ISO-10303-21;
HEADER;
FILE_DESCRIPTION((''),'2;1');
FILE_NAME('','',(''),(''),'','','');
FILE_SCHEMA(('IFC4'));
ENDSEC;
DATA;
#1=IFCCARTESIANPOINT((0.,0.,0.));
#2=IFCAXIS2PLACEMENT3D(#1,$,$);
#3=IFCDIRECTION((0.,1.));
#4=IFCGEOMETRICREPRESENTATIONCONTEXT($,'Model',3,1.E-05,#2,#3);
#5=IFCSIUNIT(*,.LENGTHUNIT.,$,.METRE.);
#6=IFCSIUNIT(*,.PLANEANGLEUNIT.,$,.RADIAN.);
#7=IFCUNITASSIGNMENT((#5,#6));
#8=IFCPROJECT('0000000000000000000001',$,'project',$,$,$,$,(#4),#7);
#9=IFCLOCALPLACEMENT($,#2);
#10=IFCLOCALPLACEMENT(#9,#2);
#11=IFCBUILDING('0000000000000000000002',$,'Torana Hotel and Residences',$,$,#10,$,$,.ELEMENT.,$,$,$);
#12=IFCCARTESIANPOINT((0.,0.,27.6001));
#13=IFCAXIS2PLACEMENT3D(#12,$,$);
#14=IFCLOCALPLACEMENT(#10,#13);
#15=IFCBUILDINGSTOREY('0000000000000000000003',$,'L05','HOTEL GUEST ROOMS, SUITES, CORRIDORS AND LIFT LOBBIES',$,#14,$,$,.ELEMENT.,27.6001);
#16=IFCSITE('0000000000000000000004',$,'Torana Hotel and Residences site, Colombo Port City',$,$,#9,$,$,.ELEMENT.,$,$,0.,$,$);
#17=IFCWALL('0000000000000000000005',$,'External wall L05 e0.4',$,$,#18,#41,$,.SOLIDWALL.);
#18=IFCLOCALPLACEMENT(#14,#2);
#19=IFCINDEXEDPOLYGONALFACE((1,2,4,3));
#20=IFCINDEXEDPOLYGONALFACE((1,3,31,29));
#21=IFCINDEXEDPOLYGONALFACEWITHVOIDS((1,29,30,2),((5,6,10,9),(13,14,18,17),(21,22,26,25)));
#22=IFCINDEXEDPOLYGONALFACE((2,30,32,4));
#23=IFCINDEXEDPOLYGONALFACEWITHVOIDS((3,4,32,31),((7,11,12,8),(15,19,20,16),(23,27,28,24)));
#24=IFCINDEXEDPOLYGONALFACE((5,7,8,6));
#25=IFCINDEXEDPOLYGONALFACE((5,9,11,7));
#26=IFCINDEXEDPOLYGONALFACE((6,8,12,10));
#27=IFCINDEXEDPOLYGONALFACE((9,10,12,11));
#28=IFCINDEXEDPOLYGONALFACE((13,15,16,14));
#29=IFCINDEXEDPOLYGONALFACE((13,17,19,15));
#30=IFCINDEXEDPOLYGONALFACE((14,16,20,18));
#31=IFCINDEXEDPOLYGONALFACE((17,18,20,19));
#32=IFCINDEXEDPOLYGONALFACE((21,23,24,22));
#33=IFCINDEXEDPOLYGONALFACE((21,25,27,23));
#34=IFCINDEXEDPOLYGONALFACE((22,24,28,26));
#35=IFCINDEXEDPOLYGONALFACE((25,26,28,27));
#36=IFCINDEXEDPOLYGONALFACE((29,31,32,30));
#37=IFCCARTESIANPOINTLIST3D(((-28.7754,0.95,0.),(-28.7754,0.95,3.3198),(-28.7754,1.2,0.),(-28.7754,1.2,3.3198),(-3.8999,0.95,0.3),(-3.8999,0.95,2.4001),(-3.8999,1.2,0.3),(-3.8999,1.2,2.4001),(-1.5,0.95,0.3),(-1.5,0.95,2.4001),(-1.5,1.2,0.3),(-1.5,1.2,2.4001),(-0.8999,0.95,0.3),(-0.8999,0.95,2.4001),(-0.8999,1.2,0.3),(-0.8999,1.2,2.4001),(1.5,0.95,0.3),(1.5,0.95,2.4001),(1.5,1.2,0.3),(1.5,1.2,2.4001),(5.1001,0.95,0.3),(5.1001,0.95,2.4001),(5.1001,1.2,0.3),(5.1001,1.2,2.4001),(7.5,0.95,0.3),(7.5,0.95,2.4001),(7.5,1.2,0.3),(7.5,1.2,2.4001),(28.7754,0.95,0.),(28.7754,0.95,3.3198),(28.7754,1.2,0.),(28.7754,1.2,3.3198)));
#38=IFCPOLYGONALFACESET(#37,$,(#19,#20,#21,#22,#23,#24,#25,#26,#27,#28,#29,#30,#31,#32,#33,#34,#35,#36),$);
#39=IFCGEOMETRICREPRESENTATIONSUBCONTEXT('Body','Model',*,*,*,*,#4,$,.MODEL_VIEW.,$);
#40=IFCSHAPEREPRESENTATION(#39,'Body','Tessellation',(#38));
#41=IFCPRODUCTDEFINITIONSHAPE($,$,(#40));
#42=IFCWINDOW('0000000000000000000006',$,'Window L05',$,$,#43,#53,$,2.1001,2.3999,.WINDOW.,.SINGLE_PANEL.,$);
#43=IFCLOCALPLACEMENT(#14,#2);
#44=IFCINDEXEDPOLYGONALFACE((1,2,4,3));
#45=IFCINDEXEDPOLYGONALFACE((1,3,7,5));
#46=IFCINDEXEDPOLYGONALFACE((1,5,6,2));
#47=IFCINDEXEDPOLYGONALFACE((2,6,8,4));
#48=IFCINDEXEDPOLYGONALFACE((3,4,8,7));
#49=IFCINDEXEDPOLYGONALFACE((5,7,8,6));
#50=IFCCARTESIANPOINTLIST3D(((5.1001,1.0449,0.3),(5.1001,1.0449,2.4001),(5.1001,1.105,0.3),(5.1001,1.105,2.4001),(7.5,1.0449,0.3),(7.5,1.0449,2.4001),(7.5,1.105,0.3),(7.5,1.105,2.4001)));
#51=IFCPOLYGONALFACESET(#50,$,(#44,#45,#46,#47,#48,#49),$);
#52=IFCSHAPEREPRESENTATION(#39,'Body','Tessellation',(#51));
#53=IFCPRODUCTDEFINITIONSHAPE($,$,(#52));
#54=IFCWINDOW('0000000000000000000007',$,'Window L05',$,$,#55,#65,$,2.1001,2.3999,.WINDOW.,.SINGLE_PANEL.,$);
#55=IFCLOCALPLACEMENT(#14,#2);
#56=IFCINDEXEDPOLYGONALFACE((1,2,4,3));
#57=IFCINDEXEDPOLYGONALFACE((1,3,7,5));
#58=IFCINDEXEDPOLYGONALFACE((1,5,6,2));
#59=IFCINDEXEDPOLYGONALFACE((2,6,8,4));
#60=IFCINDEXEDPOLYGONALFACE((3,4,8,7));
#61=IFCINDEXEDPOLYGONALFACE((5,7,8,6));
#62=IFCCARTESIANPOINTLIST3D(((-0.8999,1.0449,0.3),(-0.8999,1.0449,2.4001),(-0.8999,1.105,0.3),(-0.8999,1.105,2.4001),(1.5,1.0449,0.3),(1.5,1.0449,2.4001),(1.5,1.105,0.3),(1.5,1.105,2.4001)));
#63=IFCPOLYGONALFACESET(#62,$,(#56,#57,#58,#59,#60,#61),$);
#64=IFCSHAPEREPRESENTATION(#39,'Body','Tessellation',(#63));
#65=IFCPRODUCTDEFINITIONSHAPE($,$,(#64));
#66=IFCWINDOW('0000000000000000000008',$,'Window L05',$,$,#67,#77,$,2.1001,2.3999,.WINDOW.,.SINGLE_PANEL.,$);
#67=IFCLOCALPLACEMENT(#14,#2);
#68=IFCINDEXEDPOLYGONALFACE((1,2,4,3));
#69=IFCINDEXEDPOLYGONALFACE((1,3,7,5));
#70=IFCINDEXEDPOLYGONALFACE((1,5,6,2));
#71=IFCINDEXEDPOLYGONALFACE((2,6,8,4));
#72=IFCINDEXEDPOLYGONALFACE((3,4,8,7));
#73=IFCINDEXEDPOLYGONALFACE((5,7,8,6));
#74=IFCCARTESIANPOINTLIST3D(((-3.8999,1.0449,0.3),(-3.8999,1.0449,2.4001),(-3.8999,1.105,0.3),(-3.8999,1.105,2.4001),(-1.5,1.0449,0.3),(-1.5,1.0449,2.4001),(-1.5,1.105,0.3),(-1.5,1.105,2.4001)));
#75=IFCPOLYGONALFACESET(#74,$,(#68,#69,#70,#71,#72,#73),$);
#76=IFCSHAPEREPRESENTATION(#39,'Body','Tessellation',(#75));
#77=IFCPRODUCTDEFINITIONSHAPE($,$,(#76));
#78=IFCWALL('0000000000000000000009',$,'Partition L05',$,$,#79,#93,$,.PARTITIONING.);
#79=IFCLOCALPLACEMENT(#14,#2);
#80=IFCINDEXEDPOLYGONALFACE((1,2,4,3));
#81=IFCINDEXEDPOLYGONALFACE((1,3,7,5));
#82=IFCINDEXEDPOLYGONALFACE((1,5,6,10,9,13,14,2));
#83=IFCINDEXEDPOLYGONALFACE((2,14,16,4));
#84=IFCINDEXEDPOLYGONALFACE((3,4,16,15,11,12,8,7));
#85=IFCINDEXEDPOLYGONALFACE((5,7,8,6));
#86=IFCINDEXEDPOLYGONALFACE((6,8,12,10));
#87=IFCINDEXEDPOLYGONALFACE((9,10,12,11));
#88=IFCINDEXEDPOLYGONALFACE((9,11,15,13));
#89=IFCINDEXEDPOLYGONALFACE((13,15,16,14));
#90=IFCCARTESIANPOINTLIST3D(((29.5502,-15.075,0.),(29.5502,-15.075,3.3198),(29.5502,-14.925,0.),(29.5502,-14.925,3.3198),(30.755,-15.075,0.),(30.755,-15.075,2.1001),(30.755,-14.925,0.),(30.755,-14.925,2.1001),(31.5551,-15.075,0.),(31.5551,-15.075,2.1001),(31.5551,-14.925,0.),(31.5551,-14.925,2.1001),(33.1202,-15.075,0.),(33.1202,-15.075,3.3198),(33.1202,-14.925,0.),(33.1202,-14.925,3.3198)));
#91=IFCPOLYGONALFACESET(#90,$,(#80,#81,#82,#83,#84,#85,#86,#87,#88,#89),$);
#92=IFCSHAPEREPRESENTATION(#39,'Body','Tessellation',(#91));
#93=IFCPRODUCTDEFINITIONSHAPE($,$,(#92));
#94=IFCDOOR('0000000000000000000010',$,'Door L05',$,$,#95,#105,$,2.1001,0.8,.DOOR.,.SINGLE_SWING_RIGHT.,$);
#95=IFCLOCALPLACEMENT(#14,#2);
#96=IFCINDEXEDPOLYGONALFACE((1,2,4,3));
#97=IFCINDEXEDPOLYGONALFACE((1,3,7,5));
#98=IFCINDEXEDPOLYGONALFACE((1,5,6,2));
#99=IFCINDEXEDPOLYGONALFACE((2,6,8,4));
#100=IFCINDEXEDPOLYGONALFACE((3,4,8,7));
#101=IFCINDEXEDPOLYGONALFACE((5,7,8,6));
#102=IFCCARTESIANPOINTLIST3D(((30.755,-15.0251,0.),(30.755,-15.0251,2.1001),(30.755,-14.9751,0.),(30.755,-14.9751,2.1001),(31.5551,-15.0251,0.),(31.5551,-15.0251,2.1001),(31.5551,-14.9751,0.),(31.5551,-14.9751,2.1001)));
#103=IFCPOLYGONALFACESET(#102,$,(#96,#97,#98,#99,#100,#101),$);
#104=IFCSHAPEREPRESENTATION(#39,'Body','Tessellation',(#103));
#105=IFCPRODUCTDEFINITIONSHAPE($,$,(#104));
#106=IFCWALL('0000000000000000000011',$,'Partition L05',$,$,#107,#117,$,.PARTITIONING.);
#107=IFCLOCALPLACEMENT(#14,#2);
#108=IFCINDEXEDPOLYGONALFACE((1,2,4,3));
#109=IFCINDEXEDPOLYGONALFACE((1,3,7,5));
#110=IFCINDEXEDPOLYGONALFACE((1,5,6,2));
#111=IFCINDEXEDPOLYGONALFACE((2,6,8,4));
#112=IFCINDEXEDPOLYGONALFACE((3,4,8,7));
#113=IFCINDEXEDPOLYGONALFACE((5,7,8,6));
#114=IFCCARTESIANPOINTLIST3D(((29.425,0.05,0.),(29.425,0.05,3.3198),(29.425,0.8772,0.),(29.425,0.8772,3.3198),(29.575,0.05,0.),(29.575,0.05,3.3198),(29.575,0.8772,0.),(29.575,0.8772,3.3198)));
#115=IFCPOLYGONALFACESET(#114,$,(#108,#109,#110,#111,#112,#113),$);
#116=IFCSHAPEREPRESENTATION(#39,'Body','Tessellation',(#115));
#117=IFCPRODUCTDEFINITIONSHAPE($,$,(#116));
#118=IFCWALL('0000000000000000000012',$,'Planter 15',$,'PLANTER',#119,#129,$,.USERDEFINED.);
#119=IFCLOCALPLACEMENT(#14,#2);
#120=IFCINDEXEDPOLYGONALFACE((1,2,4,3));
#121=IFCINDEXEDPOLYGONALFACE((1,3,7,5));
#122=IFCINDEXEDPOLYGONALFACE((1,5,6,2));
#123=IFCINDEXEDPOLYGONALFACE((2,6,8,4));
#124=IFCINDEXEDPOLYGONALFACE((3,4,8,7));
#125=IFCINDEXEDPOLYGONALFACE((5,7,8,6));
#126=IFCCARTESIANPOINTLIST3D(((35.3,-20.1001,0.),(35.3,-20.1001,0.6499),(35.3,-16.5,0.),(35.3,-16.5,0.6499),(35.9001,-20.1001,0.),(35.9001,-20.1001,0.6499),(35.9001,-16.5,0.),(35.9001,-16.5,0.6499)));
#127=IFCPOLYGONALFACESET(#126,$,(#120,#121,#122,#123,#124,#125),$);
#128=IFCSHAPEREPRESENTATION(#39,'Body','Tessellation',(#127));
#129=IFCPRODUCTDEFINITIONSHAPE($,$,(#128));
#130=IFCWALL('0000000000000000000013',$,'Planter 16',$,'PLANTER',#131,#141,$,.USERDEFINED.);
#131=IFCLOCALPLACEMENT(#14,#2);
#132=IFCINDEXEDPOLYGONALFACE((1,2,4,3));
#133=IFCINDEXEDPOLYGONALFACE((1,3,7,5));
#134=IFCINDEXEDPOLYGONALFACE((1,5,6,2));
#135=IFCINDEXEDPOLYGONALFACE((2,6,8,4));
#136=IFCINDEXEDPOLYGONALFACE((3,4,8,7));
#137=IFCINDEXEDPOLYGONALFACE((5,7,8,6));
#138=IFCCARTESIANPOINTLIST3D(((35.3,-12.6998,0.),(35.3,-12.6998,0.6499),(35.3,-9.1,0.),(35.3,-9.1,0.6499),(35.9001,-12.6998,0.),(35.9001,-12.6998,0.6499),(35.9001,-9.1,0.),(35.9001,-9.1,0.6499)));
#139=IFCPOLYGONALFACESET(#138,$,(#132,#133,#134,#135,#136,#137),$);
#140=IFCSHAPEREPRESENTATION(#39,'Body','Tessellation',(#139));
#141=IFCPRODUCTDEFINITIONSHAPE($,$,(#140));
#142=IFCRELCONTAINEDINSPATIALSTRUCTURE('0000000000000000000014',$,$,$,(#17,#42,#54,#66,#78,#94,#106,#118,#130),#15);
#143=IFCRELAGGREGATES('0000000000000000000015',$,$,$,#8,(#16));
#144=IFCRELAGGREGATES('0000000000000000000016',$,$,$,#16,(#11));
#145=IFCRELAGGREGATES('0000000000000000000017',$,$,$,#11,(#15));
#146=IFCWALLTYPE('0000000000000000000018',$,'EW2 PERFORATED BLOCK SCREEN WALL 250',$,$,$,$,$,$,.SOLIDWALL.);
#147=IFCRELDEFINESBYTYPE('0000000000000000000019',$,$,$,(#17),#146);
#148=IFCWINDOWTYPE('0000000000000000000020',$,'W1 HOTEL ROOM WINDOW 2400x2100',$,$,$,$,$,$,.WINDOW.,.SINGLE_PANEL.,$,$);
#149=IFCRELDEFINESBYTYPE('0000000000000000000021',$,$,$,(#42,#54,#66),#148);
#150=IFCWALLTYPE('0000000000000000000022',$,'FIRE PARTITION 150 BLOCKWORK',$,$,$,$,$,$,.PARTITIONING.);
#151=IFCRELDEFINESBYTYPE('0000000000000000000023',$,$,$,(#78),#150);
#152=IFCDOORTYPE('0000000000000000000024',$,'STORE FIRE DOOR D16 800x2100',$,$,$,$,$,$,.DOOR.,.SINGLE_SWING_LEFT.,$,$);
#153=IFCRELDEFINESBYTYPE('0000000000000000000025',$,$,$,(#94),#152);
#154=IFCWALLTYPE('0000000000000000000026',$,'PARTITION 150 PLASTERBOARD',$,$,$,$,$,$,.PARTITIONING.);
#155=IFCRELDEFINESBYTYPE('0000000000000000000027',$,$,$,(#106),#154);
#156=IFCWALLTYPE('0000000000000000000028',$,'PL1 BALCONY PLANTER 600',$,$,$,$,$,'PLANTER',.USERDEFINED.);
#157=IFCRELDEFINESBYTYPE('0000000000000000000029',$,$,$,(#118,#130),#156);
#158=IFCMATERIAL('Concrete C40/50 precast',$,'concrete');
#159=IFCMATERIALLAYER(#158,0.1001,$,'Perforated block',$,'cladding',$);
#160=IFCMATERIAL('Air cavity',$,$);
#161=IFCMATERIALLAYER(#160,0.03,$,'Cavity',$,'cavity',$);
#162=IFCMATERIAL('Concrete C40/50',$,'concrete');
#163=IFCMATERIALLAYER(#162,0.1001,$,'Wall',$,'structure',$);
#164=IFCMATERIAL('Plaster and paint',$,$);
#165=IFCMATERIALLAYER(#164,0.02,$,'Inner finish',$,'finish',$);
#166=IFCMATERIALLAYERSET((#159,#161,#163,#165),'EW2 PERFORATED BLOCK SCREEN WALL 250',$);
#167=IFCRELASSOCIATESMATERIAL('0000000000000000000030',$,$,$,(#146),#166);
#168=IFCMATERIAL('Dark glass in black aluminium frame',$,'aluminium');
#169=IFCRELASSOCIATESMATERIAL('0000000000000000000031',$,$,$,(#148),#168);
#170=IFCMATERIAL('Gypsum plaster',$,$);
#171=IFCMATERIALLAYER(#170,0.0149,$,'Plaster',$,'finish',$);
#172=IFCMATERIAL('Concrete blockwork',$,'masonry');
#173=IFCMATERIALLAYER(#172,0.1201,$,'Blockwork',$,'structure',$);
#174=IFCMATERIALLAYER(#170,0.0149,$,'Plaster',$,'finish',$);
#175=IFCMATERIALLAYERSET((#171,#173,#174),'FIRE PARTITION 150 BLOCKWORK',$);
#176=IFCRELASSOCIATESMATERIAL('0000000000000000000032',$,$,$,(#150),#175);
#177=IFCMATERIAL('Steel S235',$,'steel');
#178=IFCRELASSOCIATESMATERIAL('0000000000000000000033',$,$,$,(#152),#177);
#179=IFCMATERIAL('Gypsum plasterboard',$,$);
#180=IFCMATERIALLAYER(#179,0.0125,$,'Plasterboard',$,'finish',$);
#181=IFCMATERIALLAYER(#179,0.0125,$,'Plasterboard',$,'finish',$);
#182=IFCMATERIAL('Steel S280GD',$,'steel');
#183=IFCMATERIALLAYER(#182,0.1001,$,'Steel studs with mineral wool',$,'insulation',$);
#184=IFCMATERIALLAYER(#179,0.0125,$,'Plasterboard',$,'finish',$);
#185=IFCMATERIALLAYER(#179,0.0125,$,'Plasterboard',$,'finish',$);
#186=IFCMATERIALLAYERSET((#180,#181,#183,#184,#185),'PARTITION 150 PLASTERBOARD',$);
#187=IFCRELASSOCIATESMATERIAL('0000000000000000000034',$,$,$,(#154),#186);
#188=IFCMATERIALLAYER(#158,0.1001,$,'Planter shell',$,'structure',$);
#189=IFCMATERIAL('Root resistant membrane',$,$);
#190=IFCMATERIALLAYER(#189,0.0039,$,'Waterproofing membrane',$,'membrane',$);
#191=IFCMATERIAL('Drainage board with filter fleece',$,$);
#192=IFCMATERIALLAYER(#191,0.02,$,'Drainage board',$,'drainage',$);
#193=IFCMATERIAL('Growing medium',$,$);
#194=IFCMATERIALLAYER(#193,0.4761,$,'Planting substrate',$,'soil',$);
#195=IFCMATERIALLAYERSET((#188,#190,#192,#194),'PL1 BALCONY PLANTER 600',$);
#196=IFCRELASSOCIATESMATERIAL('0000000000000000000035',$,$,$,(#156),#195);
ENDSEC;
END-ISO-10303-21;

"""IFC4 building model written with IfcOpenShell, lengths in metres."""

from ifc_helpers import new_model, si_unit, direction, frame, frame_2d, origin, place, context, subcontext, project, spatial, rectangle, extrude, material, layer, layer_set, type_object, element, fill, save


model = new_model("IFC4")

# Units and contexts
model_context = context("Model", 3, precision=1e-05, world=origin(), true_north=direction((0.0, 1.0)))
body_context = subcontext(model_context, "Body", "Model", "MODEL_VIEW")
ifc_project = project(units=[si_unit("LENGTHUNIT", "METRE"), si_unit("PLANEANGLEUNIT", "RADIAN")], contexts=[model_context])

# Site, building, storey
site_placement = place(None, origin())
site = spatial("IfcSite", under=ifc_project, at=site_placement, Name="Torana Hotel and Residences site, Colombo Port City", CompositionType="ELEMENT", RefElevation=0.0)
building_placement = place(site_placement, origin())
building = spatial("IfcBuilding", under=site, at=building_placement, Name="Torana Hotel and Residences", CompositionType="ELEMENT")
storey_placement = place(building_placement, frame((0.0, 0.0, 27.6001)))
storey = spatial("IfcBuildingStorey", under=building, at=storey_placement, Name="L05", Description="HOTEL GUEST ROOMS, SUITES, CORRIDORS AND LIFT LOBBIES", CompositionType="ELEMENT", Elevation=27.6001)

# Shared definitions
ifc_material_1 = material(Name="Steel S280GD", Category="steel")

# Wall, openings, windows
ifc_material_2 = material(Name="Concrete C40/50 precast", Category="concrete")
ifc_layer_1 = layer(ifc_material_2, 0.1001, Name="Perforated block", Category="cladding")
ifc_material_3 = material(Name="Air cavity")
ifc_layer_2 = layer(ifc_material_3, 0.03, Name="Cavity", Category="cavity")
ifc_material_4 = material(Name="Concrete C40/50", Category="concrete")
ifc_layer_3 = layer(ifc_material_4, 0.1001, Name="Wall", Category="structure")
ifc_material_5 = material(Name="Plaster and paint")
ifc_layer_4 = layer(ifc_material_5, 0.02, Name="Inner finish", Category="finish")
ifc_layer_set_1 = layer_set([ifc_layer_1, ifc_layer_2, ifc_layer_3, ifc_layer_4], Name="EW2 PERFORATED BLOCK SCREEN WALL 250")
wall_type_1 = type_object("IfcWallType", Name="EW2 PERFORATED BLOCK SCREEN WALL 250", PredefinedType="SOLIDWALL", material=ifc_layer_set_1)
wall_1_placement = place(storey_placement, frame((28.7754, 1.075, 0.0), z_axis=(0.0, 0.0, 1.0), x_axis=(-1.0, 0.0, 0.0)))
wall_1 = element("IfcWall", 1, at=wall_1_placement, inside=storey, type_object=wall_type_1, Name="External wall L05 e0.4", PredefinedType="SOLIDWALL", context=body_context, shape_type="SweptSolid", body=[
    extrude(rectangle(XDim=57.5508, YDim=0.25, at=frame_2d((28.7754, 0.0))), origin(), (0.0, 0.0, 1.0), 3.3198),
])
opening_1_placement = place(wall_1_placement, frame((21.2754, 0.0, 0.3)))
opening_1 = element("IfcOpeningElement", 2, at=opening_1_placement, cuts=wall_1, PredefinedType="OPENING", context=body_context, shape_type="SweptSolid", body=[
    extrude(rectangle(XDim=2.3999, YDim=2.1001, at=frame_2d((1.2, 1.05))), frame((0.0, 0.135, 0.0), z_axis=(0.0, -1.0, 0.0), x_axis=(1.0, 0.0, 0.0)), (0.0, 0.0, 1.0), 0.27),
])
opening_2_placement = place(wall_1_placement, frame((27.2754, 0.0, 0.3)))
opening_2 = element("IfcOpeningElement", 3, at=opening_2_placement, cuts=wall_1, PredefinedType="OPENING", context=body_context, shape_type="SweptSolid", body=[
    extrude(rectangle(XDim=2.3999, YDim=2.1001, at=frame_2d((1.2, 1.05))), frame((0.0, 0.135, 0.0), z_axis=(0.0, -1.0, 0.0), x_axis=(1.0, 0.0, 0.0)), (0.0, 0.0, 1.0), 0.27),
])
opening_3_placement = place(wall_1_placement, frame((30.2754, 0.0, 0.3)))
opening_3 = element("IfcOpeningElement", 4, at=opening_3_placement, cuts=wall_1, PredefinedType="OPENING", context=body_context, shape_type="SweptSolid", body=[
    extrude(rectangle(XDim=2.3999, YDim=2.1001, at=frame_2d((1.2, 1.05))), frame((0.0, 0.135, 0.0), z_axis=(0.0, -1.0, 0.0), x_axis=(1.0, 0.0, 0.0)), (0.0, 0.0, 1.0), 0.27),
])
ifc_material_6 = material(Name="Dark glass in black aluminium frame", Category="aluminium")
window_type = type_object("IfcWindowType", Name="W1 HOTEL ROOM WINDOW 2400x2100", PartitioningType="SINGLE_PANEL", PredefinedType="WINDOW", material=ifc_material_6)
window_1_placement = place(opening_1_placement, origin())
window_1 = element("IfcWindow", 5, at=window_1_placement, inside=storey, type_object=window_type, Name="Window L05", OverallHeight=2.1001, OverallWidth=2.3999, PartitioningType="SINGLE_PANEL", PredefinedType="WINDOW", context=body_context, shape_type="SweptSolid", body=[
    extrude(rectangle(XDim=2.3999, YDim=2.1001, at=frame_2d((1.2, 1.05))), frame((0.0, 0.03, 0.0), z_axis=(0.0, -1.0, 0.0), x_axis=(1.0, 0.0, 0.0)), (0.0, 0.0, 1.0), 0.0601),
])
fill(opening_1, window_1)
window_2_placement = place(opening_2_placement, origin())
window_2 = element("IfcWindow", 6, at=window_2_placement, inside=storey, type_object=window_type, Name="Window L05", OverallHeight=2.1001, OverallWidth=2.3999, PartitioningType="SINGLE_PANEL", PredefinedType="WINDOW", context=body_context, shape_type="SweptSolid", body=[
    extrude(rectangle(XDim=2.3999, YDim=2.1001, at=frame_2d((1.2, 1.05))), frame((0.0, 0.03, 0.0), z_axis=(0.0, -1.0, 0.0), x_axis=(1.0, 0.0, 0.0)), (0.0, 0.0, 1.0), 0.0601),
])
fill(opening_2, window_2)
window_3_placement = place(opening_3_placement, origin())
window_3 = element("IfcWindow", 7, at=window_3_placement, inside=storey, type_object=window_type, Name="Window L05", OverallHeight=2.1001, OverallWidth=2.3999, PartitioningType="SINGLE_PANEL", PredefinedType="WINDOW", context=body_context, shape_type="SweptSolid", body=[
    extrude(rectangle(XDim=2.3999, YDim=2.1001, at=frame_2d((1.2, 1.05))), frame((0.0, 0.03, 0.0), z_axis=(0.0, -1.0, 0.0), x_axis=(1.0, 0.0, 0.0)), (0.0, 0.0, 1.0), 0.0601),
])
fill(opening_3, window_3)

# Wall, opening, door
ifc_material_7 = material(Name="Gypsum plaster")
ifc_layer_5 = layer(ifc_material_7, 0.0149, Name="Plaster", Category="finish")
ifc_material_8 = material(Name="Concrete blockwork", Category="masonry")
ifc_layer_6 = layer(ifc_material_8, 0.1201, Name="Blockwork", Category="structure")
ifc_layer_7 = layer(ifc_material_7, 0.0149, Name="Plaster", Category="finish")
ifc_layer_set_2 = layer_set([ifc_layer_5, ifc_layer_6, ifc_layer_7], Name="FIRE PARTITION 150 BLOCKWORK")
wall_type_2 = type_object("IfcWallType", Name="FIRE PARTITION 150 BLOCKWORK", PredefinedType="PARTITIONING", material=ifc_layer_set_2)
wall_2_placement = place(storey_placement, frame((29.55, -15.0, 0.0), z_axis=(0.0, 0.0, 1.0), x_axis=(1.0, 0.0, 0.0)))
wall_2 = element("IfcWall", 8, at=wall_2_placement, inside=storey, type_object=wall_type_2, Name="Partition L05", PredefinedType="PARTITIONING", context=body_context, shape_type="SweptSolid", body=[
    extrude(rectangle(XDim=3.5701, YDim=0.1499, at=frame_2d((1.7852, 0.0))), origin(), (0.0, 0.0, 1.0), 3.3198),
])
opening_4_placement = place(wall_2_placement, frame((1.2051, 0.0, 0.0)))
opening_4 = element("IfcOpeningElement", 9, at=opening_4_placement, cuts=wall_2, PredefinedType="OPENING", context=body_context, shape_type="SweptSolid", body=[
    extrude(rectangle(XDim=0.8, YDim=2.1001, at=frame_2d((0.3999, 1.05))), frame((0.0, 0.085, 0.0), z_axis=(0.0, -1.0, 0.0), x_axis=(1.0, 0.0, 0.0)), (0.0, 0.0, 1.0), 0.1699),
])
ifc_material_9 = material(Name="Steel S235", Category="steel")
door_type_1 = type_object("IfcDoorType", Name="STORE FIRE DOOR D16 800x2100", OperationType="SINGLE_SWING_LEFT", PredefinedType="DOOR", material=ifc_material_9)
door_1_placement = place(opening_4_placement, origin())
door_1 = element("IfcDoor", 10, at=door_1_placement, inside=storey, type_object=door_type_1, Name="Door L05", OperationType="SINGLE_SWING_RIGHT", OverallHeight=2.1001, OverallWidth=0.8, PredefinedType="DOOR", context=body_context, shape_type="SweptSolid", body=[
    extrude(rectangle(XDim=0.8, YDim=2.1001, at=frame_2d((0.3999, 1.05))), frame((0.0, 0.0249, 0.0), z_axis=(0.0, -1.0, 0.0), x_axis=(1.0, 0.0, 0.0)), (0.0, 0.0, 1.0), 0.05),
])
fill(opening_4, door_1)

# Walls
ifc_material_10 = material(Name="Gypsum plasterboard")
ifc_layer_8 = layer(ifc_material_10, 0.0125, Name="Plasterboard", Category="finish")
ifc_layer_9 = layer(ifc_material_10, 0.0125, Name="Plasterboard", Category="finish")
ifc_layer_10 = layer(ifc_material_1, 0.1001, Name="Steel studs with mineral wool", Category="insulation")
ifc_layer_11 = layer(ifc_material_10, 0.0125, Name="Plasterboard", Category="finish")
ifc_layer_12 = layer(ifc_material_10, 0.0125, Name="Plasterboard", Category="finish")
ifc_layer_set_3 = layer_set([ifc_layer_8, ifc_layer_9, ifc_layer_10, ifc_layer_11, ifc_layer_12], Name="PARTITION 150 PLASTERBOARD")
wall_type_3 = type_object("IfcWallType", Name="PARTITION 150 PLASTERBOARD", PredefinedType="PARTITIONING", material=ifc_layer_set_3)
wall_3_placement = place(storey_placement, frame((29.5, 0.05, 0.0), z_axis=(0.0, 0.0, 1.0), x_axis=(0.0, 1.0, 0.0)))
element("IfcWall", 11, at=wall_3_placement, inside=storey, type_object=wall_type_3, Name="Partition L05", PredefinedType="PARTITIONING", context=body_context, shape_type="SweptSolid", body=[
    extrude(rectangle(XDim=0.8271, YDim=0.1499, at=frame_2d((0.4136, 0.0))), origin(), (0.0, 0.0, 1.0), 3.3198),
])
ifc_layer_13 = layer(ifc_material_2, 0.1001, Name="Planter shell", Category="structure")
ifc_material_11 = material(Name="Root resistant membrane")
ifc_layer_14 = layer(ifc_material_11, 0.0039, Name="Waterproofing membrane", Category="membrane")
ifc_material_12 = material(Name="Drainage board with filter fleece")
ifc_layer_15 = layer(ifc_material_12, 0.02, Name="Drainage board", Category="drainage")
ifc_material_13 = material(Name="Growing medium")
ifc_layer_16 = layer(ifc_material_13, 0.4761, Name="Planting substrate", Category="soil")
ifc_layer_set_4 = layer_set([ifc_layer_13, ifc_layer_14, ifc_layer_15, ifc_layer_16], Name="PL1 BALCONY PLANTER 600")
wall_type_4 = type_object("IfcWallType", Name="PL1 BALCONY PLANTER 600", ElementType="PLANTER", PredefinedType="USERDEFINED", material=ifc_layer_set_4)
wall_4_placement = place(storey_placement, frame((35.6001, -16.5, 0.0), z_axis=(0.0, 0.0, 1.0), x_axis=(0.0, -1.0, 0.0)))
element("IfcWall", 12, at=wall_4_placement, inside=storey, type_object=wall_type_4, Name="Planter 15", ObjectType="PLANTER", PredefinedType="USERDEFINED", context=body_context, shape_type="SweptSolid", body=[
    extrude(rectangle(XDim=3.6001, YDim=0.6001, at=frame_2d((1.8, 0.0))), origin(), (0.0, 0.0, 1.0), 0.6499),
])
wall_5_placement = place(storey_placement, frame((35.6001, -9.1001, 0.0), z_axis=(0.0, 0.0, 1.0), x_axis=(0.0, -1.0, 0.0)))
element("IfcWall", 13, at=wall_5_placement, inside=storey, type_object=wall_type_4, Name="Planter 16", ObjectType="PLANTER", PredefinedType="USERDEFINED", context=body_context, shape_type="SweptSolid", body=[
    extrude(rectangle(XDim=3.5999, YDim=0.6001, at=frame_2d((1.7998, 0.0))), origin(), (0.0, 0.0, 1.0), 0.6499),
])

save(model, "model.ifc")
